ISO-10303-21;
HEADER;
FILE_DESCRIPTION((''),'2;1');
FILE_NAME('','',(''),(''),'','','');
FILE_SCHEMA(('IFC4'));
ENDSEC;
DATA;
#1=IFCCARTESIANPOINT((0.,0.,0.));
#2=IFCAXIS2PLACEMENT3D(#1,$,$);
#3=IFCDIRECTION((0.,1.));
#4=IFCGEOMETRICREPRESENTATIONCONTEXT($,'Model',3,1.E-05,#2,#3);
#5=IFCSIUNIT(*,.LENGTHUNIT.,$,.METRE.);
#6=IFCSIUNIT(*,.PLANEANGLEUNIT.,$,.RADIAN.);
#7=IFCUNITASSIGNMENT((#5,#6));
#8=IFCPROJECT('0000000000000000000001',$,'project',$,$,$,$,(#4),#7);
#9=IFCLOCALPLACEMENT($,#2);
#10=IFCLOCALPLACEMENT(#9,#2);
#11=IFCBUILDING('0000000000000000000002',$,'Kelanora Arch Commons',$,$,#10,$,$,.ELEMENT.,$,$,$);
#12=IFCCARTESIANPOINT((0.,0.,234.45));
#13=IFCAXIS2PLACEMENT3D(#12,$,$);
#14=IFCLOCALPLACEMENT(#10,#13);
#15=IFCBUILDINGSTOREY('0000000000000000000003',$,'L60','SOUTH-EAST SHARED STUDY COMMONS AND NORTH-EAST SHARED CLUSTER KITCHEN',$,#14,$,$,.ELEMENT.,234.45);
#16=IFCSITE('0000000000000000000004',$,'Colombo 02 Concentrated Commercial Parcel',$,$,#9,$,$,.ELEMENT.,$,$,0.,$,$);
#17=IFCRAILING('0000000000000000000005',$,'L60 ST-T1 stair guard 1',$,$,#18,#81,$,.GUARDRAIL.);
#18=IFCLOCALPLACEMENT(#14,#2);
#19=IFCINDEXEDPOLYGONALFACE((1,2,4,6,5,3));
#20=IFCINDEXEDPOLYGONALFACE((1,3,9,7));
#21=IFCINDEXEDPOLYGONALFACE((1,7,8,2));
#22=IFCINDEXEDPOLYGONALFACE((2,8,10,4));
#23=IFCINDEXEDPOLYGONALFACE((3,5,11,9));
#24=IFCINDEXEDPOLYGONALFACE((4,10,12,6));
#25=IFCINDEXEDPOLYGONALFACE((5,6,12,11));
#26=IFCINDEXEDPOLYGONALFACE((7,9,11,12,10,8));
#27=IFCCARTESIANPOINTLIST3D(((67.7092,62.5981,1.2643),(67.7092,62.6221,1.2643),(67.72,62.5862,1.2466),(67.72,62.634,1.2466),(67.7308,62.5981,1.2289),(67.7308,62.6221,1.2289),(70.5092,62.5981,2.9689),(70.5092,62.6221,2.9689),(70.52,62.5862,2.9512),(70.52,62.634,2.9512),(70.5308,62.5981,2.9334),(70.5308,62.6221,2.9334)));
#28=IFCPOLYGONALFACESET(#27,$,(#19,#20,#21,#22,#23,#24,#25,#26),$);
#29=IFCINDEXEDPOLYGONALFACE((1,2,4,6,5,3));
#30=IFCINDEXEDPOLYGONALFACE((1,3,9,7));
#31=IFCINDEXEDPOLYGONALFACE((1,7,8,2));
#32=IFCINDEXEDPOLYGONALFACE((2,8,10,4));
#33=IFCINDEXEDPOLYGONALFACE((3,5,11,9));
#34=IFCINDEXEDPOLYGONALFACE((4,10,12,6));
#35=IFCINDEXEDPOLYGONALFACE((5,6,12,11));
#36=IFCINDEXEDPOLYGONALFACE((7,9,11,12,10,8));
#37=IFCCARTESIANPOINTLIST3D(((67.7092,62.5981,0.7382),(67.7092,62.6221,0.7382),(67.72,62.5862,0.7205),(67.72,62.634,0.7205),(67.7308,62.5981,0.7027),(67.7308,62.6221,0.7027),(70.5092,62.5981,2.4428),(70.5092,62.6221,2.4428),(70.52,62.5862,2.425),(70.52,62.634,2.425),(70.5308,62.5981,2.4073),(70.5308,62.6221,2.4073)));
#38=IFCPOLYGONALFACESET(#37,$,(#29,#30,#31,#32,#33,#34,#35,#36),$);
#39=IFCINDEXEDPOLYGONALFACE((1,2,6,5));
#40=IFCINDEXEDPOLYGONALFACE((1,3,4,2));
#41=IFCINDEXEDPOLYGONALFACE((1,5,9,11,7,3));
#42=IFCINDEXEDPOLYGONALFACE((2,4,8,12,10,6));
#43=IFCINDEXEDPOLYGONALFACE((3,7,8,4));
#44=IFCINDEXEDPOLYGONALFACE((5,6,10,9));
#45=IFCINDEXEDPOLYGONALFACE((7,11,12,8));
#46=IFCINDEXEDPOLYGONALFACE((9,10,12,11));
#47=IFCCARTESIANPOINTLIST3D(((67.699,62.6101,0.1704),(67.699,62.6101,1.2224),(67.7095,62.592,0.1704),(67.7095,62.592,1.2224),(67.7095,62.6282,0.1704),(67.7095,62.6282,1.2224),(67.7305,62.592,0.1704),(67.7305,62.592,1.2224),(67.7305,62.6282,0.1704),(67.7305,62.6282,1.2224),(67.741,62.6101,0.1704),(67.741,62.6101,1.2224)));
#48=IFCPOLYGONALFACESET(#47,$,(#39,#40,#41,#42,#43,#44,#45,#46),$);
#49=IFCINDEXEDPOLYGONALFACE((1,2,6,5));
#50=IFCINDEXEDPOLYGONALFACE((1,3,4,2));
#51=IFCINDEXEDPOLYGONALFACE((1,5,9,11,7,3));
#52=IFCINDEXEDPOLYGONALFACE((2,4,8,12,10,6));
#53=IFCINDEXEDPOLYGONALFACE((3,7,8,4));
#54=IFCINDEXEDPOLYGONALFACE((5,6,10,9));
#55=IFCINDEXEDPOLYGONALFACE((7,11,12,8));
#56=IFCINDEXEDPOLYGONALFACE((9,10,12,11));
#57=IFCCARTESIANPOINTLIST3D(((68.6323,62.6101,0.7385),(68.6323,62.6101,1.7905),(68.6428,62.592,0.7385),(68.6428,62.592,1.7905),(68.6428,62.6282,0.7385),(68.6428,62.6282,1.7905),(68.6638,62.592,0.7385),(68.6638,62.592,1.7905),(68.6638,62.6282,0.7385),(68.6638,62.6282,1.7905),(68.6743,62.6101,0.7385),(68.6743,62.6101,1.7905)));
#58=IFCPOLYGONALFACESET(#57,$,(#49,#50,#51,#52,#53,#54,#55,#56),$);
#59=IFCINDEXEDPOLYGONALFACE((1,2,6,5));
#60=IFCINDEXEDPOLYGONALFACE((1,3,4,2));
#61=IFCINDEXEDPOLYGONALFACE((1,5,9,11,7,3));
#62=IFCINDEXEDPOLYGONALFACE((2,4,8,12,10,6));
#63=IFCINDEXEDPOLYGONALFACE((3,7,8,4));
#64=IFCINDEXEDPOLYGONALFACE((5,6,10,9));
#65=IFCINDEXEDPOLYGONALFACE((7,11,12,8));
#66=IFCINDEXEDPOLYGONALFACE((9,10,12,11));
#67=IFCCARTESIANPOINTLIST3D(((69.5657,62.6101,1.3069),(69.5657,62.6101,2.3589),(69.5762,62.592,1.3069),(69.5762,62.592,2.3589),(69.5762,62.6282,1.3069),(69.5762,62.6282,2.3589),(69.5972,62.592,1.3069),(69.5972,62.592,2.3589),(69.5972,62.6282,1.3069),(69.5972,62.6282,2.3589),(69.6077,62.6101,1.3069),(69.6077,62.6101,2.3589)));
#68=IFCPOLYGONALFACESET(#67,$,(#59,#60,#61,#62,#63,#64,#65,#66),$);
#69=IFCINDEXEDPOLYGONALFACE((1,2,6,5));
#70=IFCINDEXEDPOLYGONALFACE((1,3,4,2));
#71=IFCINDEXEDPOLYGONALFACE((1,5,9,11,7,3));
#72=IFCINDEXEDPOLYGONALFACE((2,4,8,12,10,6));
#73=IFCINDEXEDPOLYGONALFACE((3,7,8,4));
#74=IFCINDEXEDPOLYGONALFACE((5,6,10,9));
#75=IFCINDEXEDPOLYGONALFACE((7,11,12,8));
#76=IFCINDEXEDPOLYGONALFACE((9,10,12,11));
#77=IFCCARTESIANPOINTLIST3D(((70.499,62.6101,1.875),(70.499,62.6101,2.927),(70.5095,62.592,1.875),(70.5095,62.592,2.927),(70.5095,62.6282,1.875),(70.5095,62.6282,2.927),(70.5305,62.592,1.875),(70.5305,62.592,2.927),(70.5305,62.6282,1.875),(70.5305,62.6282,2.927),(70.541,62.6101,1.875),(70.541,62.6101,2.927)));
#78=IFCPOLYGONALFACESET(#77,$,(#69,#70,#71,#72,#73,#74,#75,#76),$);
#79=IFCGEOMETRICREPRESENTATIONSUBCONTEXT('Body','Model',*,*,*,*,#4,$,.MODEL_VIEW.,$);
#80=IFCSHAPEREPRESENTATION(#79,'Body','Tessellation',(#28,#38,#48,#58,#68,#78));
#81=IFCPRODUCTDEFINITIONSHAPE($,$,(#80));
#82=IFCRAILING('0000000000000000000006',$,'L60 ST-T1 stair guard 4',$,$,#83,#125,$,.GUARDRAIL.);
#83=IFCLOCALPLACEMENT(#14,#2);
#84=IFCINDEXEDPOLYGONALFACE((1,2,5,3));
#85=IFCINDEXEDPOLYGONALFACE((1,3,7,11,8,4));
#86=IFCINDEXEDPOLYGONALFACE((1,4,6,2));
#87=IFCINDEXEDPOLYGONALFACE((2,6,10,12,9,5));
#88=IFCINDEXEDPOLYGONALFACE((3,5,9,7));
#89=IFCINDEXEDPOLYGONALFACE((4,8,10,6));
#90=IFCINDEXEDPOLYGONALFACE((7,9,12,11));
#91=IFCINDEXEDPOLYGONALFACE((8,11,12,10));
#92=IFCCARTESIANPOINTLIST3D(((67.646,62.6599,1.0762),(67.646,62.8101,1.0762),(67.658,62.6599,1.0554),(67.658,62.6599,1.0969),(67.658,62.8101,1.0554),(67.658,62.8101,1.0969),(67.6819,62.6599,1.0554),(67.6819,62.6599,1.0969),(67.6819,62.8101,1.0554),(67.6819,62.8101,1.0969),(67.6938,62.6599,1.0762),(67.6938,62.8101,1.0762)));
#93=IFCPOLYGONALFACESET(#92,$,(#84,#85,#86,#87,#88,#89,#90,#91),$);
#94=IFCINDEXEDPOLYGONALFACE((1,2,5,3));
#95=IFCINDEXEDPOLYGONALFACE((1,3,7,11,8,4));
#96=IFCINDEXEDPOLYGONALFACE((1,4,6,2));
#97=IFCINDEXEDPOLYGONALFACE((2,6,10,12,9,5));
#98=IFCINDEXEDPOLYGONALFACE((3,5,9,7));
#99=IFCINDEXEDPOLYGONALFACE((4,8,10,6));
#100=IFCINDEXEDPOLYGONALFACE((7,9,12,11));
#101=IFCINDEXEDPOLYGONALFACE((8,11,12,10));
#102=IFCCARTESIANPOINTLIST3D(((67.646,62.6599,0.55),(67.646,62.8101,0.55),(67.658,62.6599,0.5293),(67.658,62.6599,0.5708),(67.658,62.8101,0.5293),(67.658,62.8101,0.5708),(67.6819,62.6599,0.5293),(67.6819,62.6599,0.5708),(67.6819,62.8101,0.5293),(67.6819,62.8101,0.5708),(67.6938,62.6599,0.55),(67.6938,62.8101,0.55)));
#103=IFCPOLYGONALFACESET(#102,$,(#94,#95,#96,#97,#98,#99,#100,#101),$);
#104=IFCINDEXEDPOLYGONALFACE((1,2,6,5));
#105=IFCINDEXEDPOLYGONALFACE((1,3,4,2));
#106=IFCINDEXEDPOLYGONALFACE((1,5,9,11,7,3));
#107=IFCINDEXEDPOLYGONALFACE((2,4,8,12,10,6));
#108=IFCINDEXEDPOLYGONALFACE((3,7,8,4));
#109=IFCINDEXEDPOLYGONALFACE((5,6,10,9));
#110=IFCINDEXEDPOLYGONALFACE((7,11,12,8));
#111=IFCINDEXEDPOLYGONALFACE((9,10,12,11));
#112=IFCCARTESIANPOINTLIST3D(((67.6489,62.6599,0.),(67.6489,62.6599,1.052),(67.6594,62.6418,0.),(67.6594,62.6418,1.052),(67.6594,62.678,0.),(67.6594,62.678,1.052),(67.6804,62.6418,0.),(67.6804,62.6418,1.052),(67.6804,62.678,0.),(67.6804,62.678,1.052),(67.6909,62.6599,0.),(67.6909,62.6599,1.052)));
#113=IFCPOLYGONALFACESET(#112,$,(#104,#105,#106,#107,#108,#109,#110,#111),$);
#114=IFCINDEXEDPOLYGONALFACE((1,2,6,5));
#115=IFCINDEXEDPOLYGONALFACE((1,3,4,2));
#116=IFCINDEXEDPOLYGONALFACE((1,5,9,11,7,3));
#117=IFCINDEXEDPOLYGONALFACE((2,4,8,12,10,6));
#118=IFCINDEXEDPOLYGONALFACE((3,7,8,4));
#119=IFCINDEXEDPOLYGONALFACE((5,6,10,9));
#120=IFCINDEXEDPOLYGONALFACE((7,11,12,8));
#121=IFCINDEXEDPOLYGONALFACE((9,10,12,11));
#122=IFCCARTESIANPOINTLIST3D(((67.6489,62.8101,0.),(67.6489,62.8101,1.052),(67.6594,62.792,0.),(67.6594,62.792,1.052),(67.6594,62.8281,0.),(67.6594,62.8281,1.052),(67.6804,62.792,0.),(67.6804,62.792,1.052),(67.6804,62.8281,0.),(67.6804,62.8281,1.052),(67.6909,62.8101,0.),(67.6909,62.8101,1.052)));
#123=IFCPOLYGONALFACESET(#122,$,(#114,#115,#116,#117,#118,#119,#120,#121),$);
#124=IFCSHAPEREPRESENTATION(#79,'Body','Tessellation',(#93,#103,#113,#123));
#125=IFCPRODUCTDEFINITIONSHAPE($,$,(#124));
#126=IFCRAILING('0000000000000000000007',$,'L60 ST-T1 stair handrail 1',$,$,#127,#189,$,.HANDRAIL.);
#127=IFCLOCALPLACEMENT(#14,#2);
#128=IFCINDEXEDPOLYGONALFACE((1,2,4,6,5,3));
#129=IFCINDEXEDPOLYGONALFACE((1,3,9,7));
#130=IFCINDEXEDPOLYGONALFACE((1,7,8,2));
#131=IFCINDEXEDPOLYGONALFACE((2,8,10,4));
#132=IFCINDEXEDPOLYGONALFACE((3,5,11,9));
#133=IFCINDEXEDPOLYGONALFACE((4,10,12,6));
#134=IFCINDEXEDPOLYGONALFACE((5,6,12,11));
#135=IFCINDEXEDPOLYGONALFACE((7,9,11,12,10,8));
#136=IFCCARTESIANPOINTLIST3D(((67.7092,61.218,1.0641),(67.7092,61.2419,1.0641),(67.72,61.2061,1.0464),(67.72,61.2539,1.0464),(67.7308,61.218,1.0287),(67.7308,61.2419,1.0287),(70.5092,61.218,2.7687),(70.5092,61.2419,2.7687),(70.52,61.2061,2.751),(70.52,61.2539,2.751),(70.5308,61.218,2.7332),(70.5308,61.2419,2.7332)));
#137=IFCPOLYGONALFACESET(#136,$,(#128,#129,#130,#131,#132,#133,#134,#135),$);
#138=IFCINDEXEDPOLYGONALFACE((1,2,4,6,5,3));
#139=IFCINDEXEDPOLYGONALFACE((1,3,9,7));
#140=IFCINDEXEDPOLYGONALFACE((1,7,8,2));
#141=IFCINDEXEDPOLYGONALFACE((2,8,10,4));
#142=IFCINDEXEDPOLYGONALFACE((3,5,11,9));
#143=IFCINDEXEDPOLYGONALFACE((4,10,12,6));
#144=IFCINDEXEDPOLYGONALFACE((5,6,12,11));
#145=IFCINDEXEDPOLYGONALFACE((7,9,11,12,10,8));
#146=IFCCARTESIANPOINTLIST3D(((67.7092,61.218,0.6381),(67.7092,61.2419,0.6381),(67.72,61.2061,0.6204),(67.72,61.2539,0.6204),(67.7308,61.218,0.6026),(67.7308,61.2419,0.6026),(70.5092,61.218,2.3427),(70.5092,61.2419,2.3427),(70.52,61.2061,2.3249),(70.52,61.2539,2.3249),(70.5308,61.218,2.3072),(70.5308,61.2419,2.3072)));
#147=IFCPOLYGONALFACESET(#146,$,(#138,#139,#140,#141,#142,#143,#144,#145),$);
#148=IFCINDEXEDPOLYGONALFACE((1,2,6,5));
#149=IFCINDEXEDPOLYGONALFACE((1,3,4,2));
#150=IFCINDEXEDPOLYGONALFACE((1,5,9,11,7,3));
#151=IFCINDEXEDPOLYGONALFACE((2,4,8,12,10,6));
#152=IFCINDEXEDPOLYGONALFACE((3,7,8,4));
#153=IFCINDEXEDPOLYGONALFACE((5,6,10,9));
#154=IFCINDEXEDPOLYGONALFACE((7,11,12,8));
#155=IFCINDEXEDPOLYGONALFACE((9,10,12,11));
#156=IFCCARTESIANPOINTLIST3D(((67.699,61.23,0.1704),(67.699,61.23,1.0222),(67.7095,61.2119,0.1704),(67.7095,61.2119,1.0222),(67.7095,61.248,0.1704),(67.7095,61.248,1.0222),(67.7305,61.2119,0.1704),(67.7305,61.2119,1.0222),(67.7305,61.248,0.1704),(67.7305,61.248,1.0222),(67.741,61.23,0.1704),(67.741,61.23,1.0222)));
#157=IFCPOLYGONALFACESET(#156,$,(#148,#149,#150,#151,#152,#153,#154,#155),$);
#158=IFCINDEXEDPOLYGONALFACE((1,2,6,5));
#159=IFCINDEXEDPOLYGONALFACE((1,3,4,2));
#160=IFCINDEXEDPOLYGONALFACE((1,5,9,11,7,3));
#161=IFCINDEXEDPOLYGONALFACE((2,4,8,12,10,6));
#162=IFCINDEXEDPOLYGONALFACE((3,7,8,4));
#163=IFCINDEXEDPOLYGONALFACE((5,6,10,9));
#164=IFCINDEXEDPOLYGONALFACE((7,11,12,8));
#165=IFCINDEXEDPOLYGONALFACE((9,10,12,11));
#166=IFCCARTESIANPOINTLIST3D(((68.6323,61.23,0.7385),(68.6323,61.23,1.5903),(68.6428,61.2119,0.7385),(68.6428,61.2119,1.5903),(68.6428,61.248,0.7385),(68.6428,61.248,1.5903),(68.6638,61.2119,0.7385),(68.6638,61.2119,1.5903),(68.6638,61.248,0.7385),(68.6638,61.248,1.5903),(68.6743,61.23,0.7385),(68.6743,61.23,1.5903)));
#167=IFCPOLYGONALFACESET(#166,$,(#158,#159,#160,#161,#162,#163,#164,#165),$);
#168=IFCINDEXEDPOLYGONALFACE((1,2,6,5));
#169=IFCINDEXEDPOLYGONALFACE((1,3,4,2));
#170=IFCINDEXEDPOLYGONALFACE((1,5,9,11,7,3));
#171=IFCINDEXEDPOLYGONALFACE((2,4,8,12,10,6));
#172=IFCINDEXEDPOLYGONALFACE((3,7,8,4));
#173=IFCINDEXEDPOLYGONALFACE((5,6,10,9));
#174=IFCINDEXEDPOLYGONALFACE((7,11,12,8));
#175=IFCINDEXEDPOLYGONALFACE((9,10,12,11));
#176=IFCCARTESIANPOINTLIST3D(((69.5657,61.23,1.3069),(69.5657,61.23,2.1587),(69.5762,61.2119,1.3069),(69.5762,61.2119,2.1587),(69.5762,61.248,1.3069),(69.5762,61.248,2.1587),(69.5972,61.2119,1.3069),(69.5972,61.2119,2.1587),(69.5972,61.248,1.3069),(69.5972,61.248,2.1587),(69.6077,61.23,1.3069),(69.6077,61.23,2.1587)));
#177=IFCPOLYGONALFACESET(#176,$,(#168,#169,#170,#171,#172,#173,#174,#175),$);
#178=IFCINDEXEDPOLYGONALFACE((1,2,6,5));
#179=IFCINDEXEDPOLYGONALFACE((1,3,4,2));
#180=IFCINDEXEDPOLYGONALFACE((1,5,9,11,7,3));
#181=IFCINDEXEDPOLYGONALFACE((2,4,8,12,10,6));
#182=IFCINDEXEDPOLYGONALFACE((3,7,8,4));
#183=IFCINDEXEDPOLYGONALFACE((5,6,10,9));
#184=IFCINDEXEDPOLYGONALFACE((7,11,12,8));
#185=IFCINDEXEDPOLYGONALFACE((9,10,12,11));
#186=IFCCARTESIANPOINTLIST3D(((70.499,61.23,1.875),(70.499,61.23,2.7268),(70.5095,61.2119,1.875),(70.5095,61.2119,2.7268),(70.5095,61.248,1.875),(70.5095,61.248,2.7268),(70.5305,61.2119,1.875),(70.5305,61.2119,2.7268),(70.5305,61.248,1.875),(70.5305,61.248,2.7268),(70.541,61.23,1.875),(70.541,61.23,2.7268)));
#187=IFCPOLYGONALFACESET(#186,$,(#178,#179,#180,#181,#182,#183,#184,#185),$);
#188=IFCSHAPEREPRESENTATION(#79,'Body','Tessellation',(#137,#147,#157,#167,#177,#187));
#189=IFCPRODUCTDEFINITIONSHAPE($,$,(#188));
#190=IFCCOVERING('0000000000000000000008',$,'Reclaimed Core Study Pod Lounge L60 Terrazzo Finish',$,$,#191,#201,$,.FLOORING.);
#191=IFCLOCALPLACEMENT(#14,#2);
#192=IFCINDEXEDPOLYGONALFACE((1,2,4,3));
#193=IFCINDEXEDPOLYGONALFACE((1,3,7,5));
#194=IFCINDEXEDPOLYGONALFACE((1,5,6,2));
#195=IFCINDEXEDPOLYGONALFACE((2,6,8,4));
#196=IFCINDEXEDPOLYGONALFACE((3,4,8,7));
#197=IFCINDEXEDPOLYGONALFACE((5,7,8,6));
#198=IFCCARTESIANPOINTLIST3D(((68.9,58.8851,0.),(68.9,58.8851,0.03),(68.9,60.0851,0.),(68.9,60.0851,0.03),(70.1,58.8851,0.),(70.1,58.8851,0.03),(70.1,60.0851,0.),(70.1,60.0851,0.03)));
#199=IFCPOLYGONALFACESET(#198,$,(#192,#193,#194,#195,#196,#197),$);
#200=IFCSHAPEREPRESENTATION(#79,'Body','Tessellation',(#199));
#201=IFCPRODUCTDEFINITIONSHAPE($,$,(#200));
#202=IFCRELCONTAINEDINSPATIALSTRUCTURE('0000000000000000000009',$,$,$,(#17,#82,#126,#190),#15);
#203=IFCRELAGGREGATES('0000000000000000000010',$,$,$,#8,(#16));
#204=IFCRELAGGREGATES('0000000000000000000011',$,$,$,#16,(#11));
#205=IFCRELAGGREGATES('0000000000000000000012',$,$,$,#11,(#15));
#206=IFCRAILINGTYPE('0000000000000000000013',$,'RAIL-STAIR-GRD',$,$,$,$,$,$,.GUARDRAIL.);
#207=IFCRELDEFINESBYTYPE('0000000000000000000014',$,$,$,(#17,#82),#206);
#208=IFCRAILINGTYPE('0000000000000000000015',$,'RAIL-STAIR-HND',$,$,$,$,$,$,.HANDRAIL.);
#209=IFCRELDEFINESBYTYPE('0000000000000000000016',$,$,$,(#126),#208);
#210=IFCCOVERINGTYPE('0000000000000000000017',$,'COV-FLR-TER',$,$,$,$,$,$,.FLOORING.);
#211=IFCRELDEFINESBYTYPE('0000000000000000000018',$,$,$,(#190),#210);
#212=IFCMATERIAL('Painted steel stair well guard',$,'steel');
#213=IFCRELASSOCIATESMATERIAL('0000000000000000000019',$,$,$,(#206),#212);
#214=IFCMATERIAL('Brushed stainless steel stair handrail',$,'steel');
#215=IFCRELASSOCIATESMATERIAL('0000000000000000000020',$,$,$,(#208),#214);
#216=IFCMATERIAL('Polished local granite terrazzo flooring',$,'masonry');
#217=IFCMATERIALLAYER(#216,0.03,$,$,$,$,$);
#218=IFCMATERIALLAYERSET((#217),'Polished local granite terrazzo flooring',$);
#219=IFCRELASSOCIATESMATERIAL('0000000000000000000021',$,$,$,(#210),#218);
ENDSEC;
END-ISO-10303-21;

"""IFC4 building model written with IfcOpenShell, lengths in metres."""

from ifc_helpers import new_model, si_unit, direction, frame, origin, origin_2d, place, context, subcontext, project, spatial, polyline, rectangle, outline, extrude, source, transform, mapped, material, layer, layer_set, type_object, element, save


model = new_model("IFC4")

# Units and contexts
model_context = context("Model", 3, precision=1e-05, world=origin(), true_north=direction((0.0, 1.0)))
body_context = subcontext(model_context, "Body", "Model", "MODEL_VIEW")
ifc_project = project(units=[si_unit("LENGTHUNIT", "METRE"), si_unit("PLANEANGLEUNIT", "RADIAN")], contexts=[model_context])

# Site, building, storey
site_placement = place(None, origin())
site = spatial("IfcSite", under=ifc_project, at=site_placement, Name="Colombo 02 Concentrated Commercial Parcel", CompositionType="ELEMENT", RefElevation=0.0)
building_placement = place(site_placement, origin())
building = spatial("IfcBuilding", under=site, at=building_placement, Name="Kelanora Arch Commons", CompositionType="ELEMENT")
storey_placement = place(building_placement, frame((0.0, 0.0, 234.45)))
storey = spatial("IfcBuildingStorey", under=building, at=storey_placement, Name="L60", Description="SOUTH-EAST SHARED STUDY COMMONS AND NORTH-EAST SHARED CLUSTER KITCHEN", CompositionType="ELEMENT", Elevation=234.45)

# Railings
ifc_material_1 = material(Name="Painted steel stair well guard", Category="steel")
railing_type_1 = type_object("IfcRailingType", Name="RAIL-STAIR-GRD", PredefinedType="GUARDRAIL", material=ifc_material_1)
railing_1_placement = place(storey_placement, frame((67.72, 62.6101, 0.1704)))
element("IfcRailing", 1, at=railing_1_placement, inside=storey, type_object=railing_type_1, Name="L60 ST-T1 stair guard 1", PredefinedType="GUARDRAIL", context=body_context, shape_type="SweptSolid", body=[
    extrude(outline(polyline([(0.0239, 0.0), (0.012, 0.0208), (-0.012, 0.0208), (-0.0239, 0.0), (-0.012, -0.0208), (0.012, -0.0208), (0.0239, 0.0)])), frame((0.0, 0.0, 1.0762), z_axis=(0.85417, 0.0, 0.519994), x_axis=(0.0, 1.0, 0.0)), (0.0, 0.0, 1.0), 3.2781),
    extrude(outline(polyline([(0.0239, 0.0), (0.012, 0.0208), (-0.012, 0.0208), (-0.0239, 0.0), (-0.012, -0.0208), (0.012, -0.0208), (0.0239, 0.0)])), frame((0.0, 0.0, 0.55), z_axis=(0.85417, 0.0, 0.519994), x_axis=(0.0, 1.0, 0.0)), (0.0, 0.0, 1.0), 3.2781),
    extrude(outline(polyline([(0.021, 0.0), (0.0105, 0.0181), (-0.0105, 0.0181), (-0.021, 0.0), (-0.0105, -0.0181), (0.0105, -0.0181), (0.021, 0.0)])), origin(), (0.0, 0.0, 1.0), 1.052),
    extrude(outline(polyline([(0.021, 0.0), (0.0105, 0.0181), (-0.0105, 0.0181), (-0.021, 0.0), (-0.0105, -0.0181), (0.0105, -0.0181), (0.021, 0.0)])), frame((0.9333, 0.0, 0.5681)), (0.0, 0.0, 1.0), 1.052),
    extrude(outline(polyline([(0.021, 0.0), (0.0105, 0.0181), (-0.0105, 0.0181), (-0.021, 0.0), (-0.0105, -0.0181), (0.0105, -0.0181), (0.021, 0.0)])), frame((1.8667, 0.0, 1.1365)), (0.0, 0.0, 1.0), 1.052),
    extrude(outline(polyline([(0.021, 0.0), (0.0105, 0.0181), (-0.0105, 0.0181), (-0.021, 0.0), (-0.0105, -0.0181), (0.0105, -0.0181), (0.021, 0.0)])), frame((2.8, 0.0, 1.7046)), (0.0, 0.0, 1.0), 1.052),
])
railing_2_placement = place(storey_placement, frame((67.6699, 62.6599, 0.0)))
element("IfcRailing", 2, at=railing_2_placement, inside=storey, type_object=railing_type_1, Name="L60 ST-T1 stair guard 4", PredefinedType="GUARDRAIL", context=body_context, shape_type="SweptSolid", body=[
    extrude(outline(polyline([(0.0239, 0.0), (0.012, 0.0208), (-0.012, 0.0208), (-0.0239, 0.0), (-0.012, -0.0208), (0.012, -0.0208), (0.0239, 0.0)])), frame((0.0, 0.0, 1.0762), z_axis=(0.0, 1.0, 0.0), x_axis=(-1.0, 0.0, 0.0)), (0.0, 0.0, 1.0), 0.1501),
    extrude(outline(polyline([(0.0239, 0.0), (0.012, 0.0208), (-0.012, 0.0208), (-0.0239, 0.0), (-0.012, -0.0208), (0.012, -0.0208), (0.0239, 0.0)])), frame((0.0, 0.0, 0.55), z_axis=(0.0, 1.0, 0.0), x_axis=(-1.0, 0.0, 0.0)), (0.0, 0.0, 1.0), 0.1501),
    extrude(outline(polyline([(0.021, 0.0), (0.0105, 0.0181), (-0.0105, 0.0181), (-0.021, 0.0), (-0.0105, -0.0181), (0.0105, -0.0181), (0.021, 0.0)])), origin(), (0.0, 0.0, 1.0), 1.052),
    extrude(outline(polyline([(0.021, 0.0), (0.0105, 0.0181), (-0.0105, 0.0181), (-0.021, 0.0), (-0.0105, -0.0181), (0.0105, -0.0181), (0.021, 0.0)])), frame((0.0, 0.1501, 0.0)), (0.0, 0.0, 1.0), 1.052),
])
ifc_material_2 = material(Name="Brushed stainless steel stair handrail", Category="steel")
railing_type_2 = type_object("IfcRailingType", Name="RAIL-STAIR-HND", PredefinedType="HANDRAIL", material=ifc_material_2)
railing_3_placement = place(storey_placement, frame((67.72, 61.23, 0.1704)))
element("IfcRailing", 3, at=railing_3_placement, inside=storey, type_object=railing_type_2, Name="L60 ST-T1 stair handrail 1", PredefinedType="HANDRAIL", context=body_context, shape_type="SweptSolid", body=[
    extrude(outline(polyline([(0.0239, 0.0), (0.012, 0.0208), (-0.012, 0.0208), (-0.0239, 0.0), (-0.012, -0.0208), (0.012, -0.0208), (0.0239, 0.0)])), frame((0.0, 0.0, 0.876), z_axis=(0.85417, 0.0, 0.519994), x_axis=(0.0, 1.0, 0.0)), (0.0, 0.0, 1.0), 3.2781),
    extrude(outline(polyline([(0.0239, 0.0), (0.012, 0.0208), (-0.012, 0.0208), (-0.0239, 0.0), (-0.012, -0.0208), (0.012, -0.0208), (0.0239, 0.0)])), frame((0.0, 0.0, 0.45), z_axis=(0.85417, 0.0, 0.519994), x_axis=(0.0, 1.0, 0.0)), (0.0, 0.0, 1.0), 3.2781),
    extrude(outline(polyline([(0.021, 0.0), (0.0105, 0.0181), (-0.0105, 0.0181), (-0.021, 0.0), (-0.0105, -0.0181), (0.0105, -0.0181), (0.021, 0.0)])), origin(), (0.0, 0.0, 1.0), 0.8518),
    extrude(outline(polyline([(0.021, 0.0), (0.0105, 0.0181), (-0.0105, 0.0181), (-0.021, 0.0), (-0.0105, -0.0181), (0.0105, -0.0181), (0.021, 0.0)])), frame((0.9333, 0.0, 0.5681)), (0.0, 0.0, 1.0), 0.8518),
    extrude(outline(polyline([(0.021, 0.0), (0.0105, 0.0181), (-0.0105, 0.0181), (-0.021, 0.0), (-0.0105, -0.0181), (0.0105, -0.0181), (0.021, 0.0)])), frame((1.8667, 0.0, 1.1365)), (0.0, 0.0, 1.0), 0.8518),
    extrude(outline(polyline([(0.021, 0.0), (0.0105, 0.0181), (-0.0105, 0.0181), (-0.021, 0.0), (-0.0105, -0.0181), (0.0105, -0.0181), (0.021, 0.0)])), frame((2.8, 0.0, 1.7046)), (0.0, 0.0, 1.0), 0.8518),
])

# Covering
ifc_material_3 = material(Name="Polished local granite terrazzo flooring", Category="masonry")
ifc_layer_1 = layer(ifc_material_3, 0.03)
ifc_layer_set_1 = layer_set([ifc_layer_1], Name="Polished local granite terrazzo flooring")
covering_type = type_object("IfcCoveringType", Name="COV-FLR-TER", PredefinedType="FLOORING", material=ifc_layer_set_1)
shared_shape = source(origin(), body_context, "Body", "SweptSolid", [
    extrude(rectangle(XDim=1.2, YDim=1.2, at=origin_2d()), origin(), (0.0, 0.0, 1.0), 0.03),
])
covering_placement = place(storey_placement, frame((69.5, 59.4851, 0.0), z_axis=(0.0, 0.0, 1.0), x_axis=(1.0, 0.0, 0.0)))
element("IfcCovering", 4, at=covering_placement, inside=storey, type_object=covering_type, Name="Reclaimed Core Study Pod Lounge L60 Terrazzo Finish", PredefinedType="FLOORING", context=body_context, shape_type="MappedRepresentation", body=[
    mapped(shared_shape, transform((0.0, 0.0, 0.0), scale=1.0)),
])

save(model, "model.ifc")
